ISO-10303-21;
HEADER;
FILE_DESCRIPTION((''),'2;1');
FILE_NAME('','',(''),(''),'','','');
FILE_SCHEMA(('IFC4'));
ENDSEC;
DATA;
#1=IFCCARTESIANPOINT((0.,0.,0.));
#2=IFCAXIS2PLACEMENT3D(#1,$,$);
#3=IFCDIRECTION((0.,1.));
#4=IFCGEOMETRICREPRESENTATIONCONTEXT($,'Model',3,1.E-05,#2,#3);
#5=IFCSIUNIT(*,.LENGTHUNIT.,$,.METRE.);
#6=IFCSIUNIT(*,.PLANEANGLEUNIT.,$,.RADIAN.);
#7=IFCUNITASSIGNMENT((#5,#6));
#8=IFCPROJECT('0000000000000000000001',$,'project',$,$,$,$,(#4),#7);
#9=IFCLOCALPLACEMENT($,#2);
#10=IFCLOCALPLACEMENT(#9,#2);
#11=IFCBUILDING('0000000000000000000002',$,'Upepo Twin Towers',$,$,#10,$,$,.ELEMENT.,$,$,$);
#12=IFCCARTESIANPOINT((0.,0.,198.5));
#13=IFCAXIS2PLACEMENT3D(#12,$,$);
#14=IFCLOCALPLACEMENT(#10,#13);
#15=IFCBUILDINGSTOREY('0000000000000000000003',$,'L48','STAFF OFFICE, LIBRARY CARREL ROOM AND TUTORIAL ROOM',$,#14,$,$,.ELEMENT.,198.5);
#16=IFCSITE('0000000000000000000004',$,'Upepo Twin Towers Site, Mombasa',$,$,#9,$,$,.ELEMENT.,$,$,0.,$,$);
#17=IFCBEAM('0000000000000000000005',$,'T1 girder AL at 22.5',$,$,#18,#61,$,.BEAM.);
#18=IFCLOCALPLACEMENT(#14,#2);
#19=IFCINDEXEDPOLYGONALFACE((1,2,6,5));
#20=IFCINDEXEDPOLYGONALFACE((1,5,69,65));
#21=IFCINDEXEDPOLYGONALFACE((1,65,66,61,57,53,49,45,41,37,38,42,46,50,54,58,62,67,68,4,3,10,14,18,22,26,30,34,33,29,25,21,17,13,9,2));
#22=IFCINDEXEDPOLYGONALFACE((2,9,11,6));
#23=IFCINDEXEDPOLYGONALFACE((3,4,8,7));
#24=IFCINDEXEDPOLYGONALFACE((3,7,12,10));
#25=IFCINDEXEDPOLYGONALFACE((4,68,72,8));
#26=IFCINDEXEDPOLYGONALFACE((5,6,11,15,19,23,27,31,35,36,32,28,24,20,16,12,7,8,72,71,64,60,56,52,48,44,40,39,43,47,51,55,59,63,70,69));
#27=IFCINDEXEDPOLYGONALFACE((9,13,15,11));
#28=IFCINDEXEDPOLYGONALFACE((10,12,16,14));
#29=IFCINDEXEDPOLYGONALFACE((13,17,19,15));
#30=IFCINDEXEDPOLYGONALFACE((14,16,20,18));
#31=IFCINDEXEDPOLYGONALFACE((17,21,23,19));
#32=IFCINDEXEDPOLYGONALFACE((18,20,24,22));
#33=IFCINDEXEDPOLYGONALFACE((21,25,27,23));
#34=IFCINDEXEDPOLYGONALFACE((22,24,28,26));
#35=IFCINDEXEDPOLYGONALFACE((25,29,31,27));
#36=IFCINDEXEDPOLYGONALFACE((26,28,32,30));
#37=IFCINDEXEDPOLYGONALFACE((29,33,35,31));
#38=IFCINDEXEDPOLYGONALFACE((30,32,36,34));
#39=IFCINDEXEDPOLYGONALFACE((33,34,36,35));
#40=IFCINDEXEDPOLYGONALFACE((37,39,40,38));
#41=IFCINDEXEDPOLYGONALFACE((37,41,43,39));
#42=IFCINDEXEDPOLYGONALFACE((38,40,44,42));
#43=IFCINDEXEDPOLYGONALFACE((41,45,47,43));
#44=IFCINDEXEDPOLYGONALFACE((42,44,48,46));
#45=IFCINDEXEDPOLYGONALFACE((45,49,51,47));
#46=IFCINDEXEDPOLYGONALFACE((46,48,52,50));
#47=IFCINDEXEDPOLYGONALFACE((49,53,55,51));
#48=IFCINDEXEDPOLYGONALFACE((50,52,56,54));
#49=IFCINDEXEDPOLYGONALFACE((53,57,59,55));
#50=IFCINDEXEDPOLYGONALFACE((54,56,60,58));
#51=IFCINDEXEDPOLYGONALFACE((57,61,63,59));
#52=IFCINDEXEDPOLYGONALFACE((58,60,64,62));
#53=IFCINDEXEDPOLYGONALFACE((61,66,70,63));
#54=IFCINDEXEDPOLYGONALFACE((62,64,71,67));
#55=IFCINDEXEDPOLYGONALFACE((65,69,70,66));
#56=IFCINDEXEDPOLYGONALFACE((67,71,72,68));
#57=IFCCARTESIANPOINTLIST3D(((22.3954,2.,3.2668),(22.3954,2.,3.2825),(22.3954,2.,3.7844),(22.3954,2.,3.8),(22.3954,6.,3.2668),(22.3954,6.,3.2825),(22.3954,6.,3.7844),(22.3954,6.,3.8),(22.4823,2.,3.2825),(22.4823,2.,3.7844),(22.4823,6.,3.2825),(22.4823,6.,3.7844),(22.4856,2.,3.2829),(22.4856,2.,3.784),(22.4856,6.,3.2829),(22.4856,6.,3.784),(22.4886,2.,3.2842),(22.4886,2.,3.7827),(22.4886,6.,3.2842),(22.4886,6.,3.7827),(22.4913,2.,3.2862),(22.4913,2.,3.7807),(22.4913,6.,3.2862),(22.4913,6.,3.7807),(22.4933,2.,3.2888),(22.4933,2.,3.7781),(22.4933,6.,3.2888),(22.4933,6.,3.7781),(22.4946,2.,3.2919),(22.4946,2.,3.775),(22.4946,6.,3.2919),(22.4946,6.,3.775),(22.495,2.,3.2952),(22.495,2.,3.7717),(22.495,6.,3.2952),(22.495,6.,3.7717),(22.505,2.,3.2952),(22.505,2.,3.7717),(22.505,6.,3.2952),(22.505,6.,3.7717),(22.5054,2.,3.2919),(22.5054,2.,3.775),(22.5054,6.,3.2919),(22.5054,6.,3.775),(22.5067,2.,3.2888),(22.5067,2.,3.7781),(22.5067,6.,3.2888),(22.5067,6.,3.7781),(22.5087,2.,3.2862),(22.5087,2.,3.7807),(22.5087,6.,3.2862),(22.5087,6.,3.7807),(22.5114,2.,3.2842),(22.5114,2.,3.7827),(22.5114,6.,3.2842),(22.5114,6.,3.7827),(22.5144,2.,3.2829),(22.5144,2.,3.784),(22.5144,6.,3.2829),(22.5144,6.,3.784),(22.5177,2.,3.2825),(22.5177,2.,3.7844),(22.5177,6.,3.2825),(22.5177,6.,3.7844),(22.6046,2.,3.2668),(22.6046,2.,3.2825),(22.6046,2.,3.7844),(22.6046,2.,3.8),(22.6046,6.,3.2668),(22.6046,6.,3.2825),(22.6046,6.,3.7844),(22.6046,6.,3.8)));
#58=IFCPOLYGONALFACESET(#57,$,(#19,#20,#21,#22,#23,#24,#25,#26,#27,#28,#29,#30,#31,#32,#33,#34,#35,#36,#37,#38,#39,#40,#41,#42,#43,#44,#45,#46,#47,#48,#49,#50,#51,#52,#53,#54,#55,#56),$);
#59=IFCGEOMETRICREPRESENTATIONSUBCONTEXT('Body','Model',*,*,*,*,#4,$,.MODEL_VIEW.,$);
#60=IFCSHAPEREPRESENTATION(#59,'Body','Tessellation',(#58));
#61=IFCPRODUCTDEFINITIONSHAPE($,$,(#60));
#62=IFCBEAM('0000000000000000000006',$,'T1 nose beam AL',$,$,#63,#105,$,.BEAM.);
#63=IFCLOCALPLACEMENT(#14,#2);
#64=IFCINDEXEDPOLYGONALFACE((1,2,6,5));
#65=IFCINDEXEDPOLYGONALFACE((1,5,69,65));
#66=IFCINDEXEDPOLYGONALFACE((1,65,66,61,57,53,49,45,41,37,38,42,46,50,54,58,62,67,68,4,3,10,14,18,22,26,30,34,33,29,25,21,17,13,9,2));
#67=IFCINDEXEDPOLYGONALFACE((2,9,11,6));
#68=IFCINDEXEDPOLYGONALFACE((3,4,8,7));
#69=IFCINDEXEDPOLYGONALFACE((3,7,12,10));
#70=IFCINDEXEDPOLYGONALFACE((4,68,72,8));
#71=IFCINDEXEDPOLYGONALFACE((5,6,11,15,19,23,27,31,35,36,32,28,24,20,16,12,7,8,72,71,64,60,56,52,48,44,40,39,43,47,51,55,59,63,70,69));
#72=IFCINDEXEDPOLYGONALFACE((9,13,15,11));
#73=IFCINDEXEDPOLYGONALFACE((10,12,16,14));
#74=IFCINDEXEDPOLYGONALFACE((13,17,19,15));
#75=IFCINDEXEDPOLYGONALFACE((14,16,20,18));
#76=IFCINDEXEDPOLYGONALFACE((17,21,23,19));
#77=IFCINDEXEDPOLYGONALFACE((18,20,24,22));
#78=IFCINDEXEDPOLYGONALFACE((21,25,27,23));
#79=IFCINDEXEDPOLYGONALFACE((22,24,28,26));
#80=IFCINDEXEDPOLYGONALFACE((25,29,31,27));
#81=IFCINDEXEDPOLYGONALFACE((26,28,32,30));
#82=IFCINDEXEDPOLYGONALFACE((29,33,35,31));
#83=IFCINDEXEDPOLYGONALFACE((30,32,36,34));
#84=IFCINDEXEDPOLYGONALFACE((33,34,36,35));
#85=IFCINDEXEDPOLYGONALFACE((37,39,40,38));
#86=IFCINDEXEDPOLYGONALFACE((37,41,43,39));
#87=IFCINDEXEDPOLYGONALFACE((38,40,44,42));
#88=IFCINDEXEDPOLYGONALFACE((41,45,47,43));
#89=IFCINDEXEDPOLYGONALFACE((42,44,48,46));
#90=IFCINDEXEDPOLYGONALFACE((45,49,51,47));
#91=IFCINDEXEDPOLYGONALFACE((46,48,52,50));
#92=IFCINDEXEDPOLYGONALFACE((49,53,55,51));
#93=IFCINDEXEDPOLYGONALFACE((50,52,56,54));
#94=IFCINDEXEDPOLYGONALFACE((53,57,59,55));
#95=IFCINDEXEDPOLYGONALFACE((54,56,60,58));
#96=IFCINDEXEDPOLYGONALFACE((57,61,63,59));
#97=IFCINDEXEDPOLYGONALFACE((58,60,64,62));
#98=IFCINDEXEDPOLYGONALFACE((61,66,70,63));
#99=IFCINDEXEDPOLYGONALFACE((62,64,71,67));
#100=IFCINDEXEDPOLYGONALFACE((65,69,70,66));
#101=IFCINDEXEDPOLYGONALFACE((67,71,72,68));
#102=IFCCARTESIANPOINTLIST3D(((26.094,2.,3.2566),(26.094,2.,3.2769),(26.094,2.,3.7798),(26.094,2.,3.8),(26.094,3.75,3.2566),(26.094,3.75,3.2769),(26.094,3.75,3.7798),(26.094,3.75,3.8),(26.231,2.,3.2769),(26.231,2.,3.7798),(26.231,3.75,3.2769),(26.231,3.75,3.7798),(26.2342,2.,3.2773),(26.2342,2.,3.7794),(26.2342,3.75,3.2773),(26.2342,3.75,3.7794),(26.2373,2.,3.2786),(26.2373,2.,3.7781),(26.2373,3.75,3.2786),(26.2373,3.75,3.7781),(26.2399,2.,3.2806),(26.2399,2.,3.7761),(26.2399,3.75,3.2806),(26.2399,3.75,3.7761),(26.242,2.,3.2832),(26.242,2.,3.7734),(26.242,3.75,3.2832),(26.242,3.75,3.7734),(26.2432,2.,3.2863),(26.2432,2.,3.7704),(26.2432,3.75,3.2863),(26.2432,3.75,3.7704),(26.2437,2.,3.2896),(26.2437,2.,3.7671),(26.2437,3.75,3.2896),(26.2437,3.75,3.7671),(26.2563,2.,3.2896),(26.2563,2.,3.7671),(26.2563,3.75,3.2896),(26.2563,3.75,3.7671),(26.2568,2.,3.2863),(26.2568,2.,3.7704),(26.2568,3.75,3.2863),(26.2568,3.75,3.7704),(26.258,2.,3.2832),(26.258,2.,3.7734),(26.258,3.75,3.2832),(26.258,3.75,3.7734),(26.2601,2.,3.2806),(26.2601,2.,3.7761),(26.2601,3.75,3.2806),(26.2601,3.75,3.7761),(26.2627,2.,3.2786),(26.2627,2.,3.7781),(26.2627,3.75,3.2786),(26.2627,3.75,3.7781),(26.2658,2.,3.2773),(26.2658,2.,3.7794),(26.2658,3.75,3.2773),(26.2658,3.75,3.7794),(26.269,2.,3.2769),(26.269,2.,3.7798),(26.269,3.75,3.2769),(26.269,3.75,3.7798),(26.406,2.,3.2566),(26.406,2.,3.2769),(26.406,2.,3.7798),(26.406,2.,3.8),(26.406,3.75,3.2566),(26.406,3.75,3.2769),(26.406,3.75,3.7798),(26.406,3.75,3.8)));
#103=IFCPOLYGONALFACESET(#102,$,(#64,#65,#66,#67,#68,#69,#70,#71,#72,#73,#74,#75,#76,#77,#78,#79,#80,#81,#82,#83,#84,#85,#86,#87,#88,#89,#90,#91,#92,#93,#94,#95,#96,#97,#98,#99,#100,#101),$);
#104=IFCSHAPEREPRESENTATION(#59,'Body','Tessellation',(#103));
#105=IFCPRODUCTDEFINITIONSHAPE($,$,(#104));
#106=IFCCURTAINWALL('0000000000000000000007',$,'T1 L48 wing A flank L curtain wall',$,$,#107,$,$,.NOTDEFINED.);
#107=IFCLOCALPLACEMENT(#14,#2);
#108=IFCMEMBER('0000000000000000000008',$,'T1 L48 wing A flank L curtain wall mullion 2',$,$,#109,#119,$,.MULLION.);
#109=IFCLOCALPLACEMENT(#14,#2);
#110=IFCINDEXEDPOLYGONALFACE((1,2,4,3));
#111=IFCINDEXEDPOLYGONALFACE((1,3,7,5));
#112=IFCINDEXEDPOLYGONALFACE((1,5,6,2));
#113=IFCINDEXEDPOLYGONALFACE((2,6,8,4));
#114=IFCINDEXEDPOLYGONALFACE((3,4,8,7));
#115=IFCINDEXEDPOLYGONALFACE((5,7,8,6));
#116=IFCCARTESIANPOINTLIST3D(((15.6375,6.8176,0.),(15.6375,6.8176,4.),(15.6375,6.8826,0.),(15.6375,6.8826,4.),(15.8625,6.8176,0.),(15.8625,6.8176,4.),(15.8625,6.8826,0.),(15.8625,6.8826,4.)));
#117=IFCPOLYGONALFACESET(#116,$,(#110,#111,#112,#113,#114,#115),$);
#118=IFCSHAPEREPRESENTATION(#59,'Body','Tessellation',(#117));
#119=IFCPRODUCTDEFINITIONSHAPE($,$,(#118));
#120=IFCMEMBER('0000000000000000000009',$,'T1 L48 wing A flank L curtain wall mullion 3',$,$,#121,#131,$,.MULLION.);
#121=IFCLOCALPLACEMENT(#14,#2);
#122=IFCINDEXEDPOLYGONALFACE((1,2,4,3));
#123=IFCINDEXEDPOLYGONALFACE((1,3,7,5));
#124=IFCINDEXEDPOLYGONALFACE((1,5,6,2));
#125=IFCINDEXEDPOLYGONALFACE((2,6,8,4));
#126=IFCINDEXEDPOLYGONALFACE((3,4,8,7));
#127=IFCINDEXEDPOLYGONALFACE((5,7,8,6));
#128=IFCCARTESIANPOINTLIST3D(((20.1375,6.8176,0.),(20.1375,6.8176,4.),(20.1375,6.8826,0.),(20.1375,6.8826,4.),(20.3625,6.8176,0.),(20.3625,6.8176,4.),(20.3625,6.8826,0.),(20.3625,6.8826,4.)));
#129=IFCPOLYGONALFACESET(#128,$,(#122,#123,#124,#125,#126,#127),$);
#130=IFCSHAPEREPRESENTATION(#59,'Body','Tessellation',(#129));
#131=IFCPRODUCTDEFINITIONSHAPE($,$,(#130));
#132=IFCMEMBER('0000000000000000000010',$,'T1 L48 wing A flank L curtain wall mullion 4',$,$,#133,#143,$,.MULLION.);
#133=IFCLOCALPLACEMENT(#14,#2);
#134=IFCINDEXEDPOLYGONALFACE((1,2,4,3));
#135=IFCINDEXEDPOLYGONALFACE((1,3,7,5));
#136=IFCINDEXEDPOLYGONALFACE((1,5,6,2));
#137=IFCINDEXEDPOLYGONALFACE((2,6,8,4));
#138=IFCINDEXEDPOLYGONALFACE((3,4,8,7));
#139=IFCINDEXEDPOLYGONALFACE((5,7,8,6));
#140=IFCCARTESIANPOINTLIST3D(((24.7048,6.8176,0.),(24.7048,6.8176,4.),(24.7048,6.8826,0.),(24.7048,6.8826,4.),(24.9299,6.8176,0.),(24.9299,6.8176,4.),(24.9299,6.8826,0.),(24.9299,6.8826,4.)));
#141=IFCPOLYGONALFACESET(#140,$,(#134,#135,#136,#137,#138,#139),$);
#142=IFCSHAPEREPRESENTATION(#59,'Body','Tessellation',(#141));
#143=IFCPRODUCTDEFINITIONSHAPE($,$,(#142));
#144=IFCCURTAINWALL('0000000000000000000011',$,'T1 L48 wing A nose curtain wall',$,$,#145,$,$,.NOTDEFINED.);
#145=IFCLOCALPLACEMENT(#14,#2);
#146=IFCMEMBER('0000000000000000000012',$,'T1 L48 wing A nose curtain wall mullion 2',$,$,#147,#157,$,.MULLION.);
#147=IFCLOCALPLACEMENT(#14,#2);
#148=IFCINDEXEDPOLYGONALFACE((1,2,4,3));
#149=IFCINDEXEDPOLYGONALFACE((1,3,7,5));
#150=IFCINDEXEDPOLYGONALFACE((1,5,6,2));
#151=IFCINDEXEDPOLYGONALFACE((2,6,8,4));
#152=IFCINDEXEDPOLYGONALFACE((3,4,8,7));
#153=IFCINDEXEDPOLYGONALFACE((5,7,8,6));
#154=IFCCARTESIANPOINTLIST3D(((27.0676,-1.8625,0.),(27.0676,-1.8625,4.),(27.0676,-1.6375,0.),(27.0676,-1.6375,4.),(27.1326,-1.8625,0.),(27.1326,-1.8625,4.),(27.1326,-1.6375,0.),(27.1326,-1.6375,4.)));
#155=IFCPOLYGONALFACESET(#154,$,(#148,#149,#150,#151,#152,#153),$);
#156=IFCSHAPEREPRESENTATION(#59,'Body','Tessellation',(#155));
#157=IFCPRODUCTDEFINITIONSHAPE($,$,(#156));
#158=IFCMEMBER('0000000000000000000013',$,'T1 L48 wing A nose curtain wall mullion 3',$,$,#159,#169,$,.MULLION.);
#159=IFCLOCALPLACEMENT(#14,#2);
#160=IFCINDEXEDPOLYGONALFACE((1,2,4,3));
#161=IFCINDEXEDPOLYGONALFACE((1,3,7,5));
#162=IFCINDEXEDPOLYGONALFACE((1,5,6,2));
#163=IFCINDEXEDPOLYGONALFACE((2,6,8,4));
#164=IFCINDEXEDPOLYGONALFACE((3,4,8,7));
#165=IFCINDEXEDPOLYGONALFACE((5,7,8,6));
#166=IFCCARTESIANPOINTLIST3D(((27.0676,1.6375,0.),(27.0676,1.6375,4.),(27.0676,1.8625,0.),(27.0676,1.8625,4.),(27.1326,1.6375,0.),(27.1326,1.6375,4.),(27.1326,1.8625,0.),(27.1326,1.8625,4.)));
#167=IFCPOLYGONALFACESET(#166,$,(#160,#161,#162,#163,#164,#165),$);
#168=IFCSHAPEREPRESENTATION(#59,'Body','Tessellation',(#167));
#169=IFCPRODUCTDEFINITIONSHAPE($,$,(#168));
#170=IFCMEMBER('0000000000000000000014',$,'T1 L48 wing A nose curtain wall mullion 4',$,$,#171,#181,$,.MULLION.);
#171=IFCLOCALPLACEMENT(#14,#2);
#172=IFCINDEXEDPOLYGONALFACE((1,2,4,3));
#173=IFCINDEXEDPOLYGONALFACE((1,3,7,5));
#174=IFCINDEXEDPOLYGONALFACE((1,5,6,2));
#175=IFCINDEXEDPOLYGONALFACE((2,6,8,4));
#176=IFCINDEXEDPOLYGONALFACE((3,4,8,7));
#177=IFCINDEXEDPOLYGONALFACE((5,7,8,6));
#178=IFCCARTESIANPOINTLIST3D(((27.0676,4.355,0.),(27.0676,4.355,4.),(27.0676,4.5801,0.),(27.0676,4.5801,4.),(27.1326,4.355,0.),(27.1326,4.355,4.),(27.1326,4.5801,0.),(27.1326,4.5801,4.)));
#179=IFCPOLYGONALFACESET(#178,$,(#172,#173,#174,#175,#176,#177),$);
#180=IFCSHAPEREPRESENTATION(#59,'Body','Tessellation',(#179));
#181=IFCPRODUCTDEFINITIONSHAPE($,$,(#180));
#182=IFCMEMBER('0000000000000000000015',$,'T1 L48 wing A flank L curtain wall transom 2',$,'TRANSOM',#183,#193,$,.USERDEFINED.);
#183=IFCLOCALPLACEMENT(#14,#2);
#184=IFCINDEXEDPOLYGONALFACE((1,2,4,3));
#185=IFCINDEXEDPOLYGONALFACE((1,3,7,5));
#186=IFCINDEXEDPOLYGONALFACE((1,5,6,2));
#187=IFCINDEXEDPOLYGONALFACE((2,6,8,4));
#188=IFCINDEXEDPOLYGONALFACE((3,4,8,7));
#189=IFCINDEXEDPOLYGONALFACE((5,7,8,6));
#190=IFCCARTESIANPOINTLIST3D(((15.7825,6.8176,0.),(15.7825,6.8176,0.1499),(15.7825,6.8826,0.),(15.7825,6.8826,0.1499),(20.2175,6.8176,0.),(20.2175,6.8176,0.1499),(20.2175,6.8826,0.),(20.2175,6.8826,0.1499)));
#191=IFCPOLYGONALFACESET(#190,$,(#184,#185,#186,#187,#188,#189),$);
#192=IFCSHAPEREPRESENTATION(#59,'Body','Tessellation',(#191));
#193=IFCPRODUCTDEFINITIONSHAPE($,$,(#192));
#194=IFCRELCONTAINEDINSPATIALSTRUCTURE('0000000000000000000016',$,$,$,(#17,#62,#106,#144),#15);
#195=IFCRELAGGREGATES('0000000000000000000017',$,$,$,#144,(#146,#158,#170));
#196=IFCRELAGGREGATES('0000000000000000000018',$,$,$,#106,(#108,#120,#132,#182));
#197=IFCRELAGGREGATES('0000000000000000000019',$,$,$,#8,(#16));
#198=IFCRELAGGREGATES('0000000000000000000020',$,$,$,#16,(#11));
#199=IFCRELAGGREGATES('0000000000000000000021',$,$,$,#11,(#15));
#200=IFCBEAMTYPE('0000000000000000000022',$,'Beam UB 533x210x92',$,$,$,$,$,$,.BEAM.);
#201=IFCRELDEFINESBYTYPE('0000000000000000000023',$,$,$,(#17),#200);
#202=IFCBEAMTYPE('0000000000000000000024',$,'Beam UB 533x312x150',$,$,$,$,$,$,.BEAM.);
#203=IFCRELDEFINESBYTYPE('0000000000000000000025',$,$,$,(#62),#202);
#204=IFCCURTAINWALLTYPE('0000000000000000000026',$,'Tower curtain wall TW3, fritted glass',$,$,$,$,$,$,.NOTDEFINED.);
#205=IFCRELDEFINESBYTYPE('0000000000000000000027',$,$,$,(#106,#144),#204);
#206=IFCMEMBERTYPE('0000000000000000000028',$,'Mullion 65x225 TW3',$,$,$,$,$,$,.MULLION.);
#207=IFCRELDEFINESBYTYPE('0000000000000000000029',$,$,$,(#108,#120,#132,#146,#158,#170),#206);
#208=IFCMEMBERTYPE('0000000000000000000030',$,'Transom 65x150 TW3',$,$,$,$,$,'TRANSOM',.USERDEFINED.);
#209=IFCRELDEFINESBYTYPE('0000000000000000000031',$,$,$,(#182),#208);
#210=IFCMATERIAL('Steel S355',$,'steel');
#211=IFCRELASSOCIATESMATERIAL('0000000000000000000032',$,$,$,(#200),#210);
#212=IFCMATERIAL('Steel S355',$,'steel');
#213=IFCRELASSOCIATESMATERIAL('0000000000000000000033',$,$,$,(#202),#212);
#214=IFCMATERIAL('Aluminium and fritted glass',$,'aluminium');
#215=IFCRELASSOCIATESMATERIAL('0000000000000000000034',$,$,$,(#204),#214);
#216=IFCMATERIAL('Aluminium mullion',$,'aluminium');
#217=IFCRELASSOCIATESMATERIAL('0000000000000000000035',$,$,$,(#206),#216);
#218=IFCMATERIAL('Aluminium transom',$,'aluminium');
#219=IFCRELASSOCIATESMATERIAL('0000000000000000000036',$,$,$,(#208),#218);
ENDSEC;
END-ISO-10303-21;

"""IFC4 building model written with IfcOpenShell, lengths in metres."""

from ifc_helpers import new_model, si_unit, direction, frame, origin, origin_2d, place, context, subcontext, project, spatial, rectangle, i_section, extrude, material, material_profile, profile_set, type_object, element, aggregate, save


model = new_model("IFC4")

# Units and contexts
model_context = context("Model", 3, precision=1e-05, world=origin(), true_north=direction((0.0, 1.0)))
body_context = subcontext(model_context, "Body", "Model", "MODEL_VIEW")
ifc_project = project(units=[si_unit("LENGTHUNIT", "METRE"), si_unit("PLANEANGLEUNIT", "RADIAN")], contexts=[model_context])

# Site, building, storey
site_placement = place(None, origin())
site = spatial("IfcSite", under=ifc_project, at=site_placement, Name="Upepo Twin Towers Site, Mombasa", CompositionType="ELEMENT", RefElevation=0.0)
building_placement = place(site_placement, origin())
building = spatial("IfcBuilding", under=site, at=building_placement, Name="Upepo Twin Towers", CompositionType="ELEMENT")
storey_placement = place(building_placement, frame((0.0, 0.0, 198.5)))
storey = spatial("IfcBuildingStorey", under=building, at=storey_placement, Name="L48", Description="STAFF OFFICE, LIBRARY CARREL ROOM AND TUTORIAL ROOM", CompositionType="ELEMENT", Elevation=198.5)

# Beams
ifc_material_1 = material(Name="Steel S355", Category="steel")
ifc_material_profile_1 = material_profile(ifc_material_1, i_section(OverallWidth=0.2092, OverallDepth=0.5332, WebThickness=0.01, FlangeThickness=0.0156, FilletRadius=0.0127, at=origin_2d()), Name="UB 533x210x92")
ifc_profile_set_1 = profile_set([ifc_material_profile_1], Name="Steel S355")
beam_type_1 = type_object("IfcBeamType", Name="Beam UB 533x210x92", PredefinedType="BEAM", material=ifc_profile_set_1)
for number, where, z_axis, x_axis, name in (
    (1, (22.5, 6.0, 3.5334), (0.0, -1.0, 0.0), (1.0, 0.0, 0.0), "T1 girder AL at 22.5"),
):
    element("IfcBeam", number, at=place(storey_placement, frame(where, z_axis=z_axis, x_axis=x_axis)), inside=storey, type_object=beam_type_1, Name=name, PredefinedType="BEAM", context=body_context, shape_type="SweptSolid", body=[
        extrude(i_section(OverallWidth=0.2092, OverallDepth=0.5332, WebThickness=0.01, FlangeThickness=0.0156, FilletRadius=0.0127, at=origin_2d()), origin(), (0.0, 0.0, 1.0), 4.0),
    ])
ifc_material_2 = material(Name="Steel S355", Category="steel")
ifc_material_profile_2 = material_profile(ifc_material_2, i_section(OverallWidth=0.312, OverallDepth=0.5435, WebThickness=0.0127, FlangeThickness=0.0203, FilletRadius=0.0127, at=origin_2d()), Name="UB 533x312x150")
ifc_profile_set_2 = profile_set([ifc_material_profile_2], Name="Steel S355")
beam_type_2 = type_object("IfcBeamType", Name="Beam UB 533x312x150", PredefinedType="BEAM", material=ifc_profile_set_2)
beam_1_placement = place(storey_placement, frame((26.25, 3.75, 3.5283), z_axis=(0.0, -1.0, 0.0), x_axis=(1.0, 0.0, 0.0)))
element("IfcBeam", 2, at=beam_1_placement, inside=storey, type_object=beam_type_2, Name="T1 nose beam AL", PredefinedType="BEAM", context=body_context, shape_type="SweptSolid", body=[
    extrude(i_section(OverallWidth=0.312, OverallDepth=0.5435, WebThickness=0.0127, FlangeThickness=0.0203, FilletRadius=0.0127, at=origin_2d()), origin(), (0.0, 0.0, 1.0), 1.75),
])

# Curtain walls, members
ifc_material_3 = material(Name="Aluminium and fritted glass", Category="aluminium")
curtain_wall_type = type_object("IfcCurtainWallType", Name="Tower curtain wall TW3, fritted glass", PredefinedType="NOTDEFINED", material=ifc_material_3)
curtain_wall_1_placement = place(storey_placement, origin())
curtain_wall_1 = element("IfcCurtainWall", 3, at=curtain_wall_1_placement, inside=storey, type_object=curtain_wall_type, Name="T1 L48 wing A flank L curtain wall", PredefinedType="NOTDEFINED")
ifc_material_4 = material(Name="Aluminium mullion", Category="aluminium")
ifc_material_profile_3 = material_profile(ifc_material_4, rectangle(XDim=0.0649, YDim=0.2251, at=origin_2d()), Name="MULLION 65x225")
ifc_profile_set_3 = profile_set([ifc_material_profile_3], Name="Aluminium mullion")
member_type_1 = type_object("IfcMemberType", Name="Mullion 65x225 TW3", PredefinedType="MULLION", material=ifc_profile_set_3)
member_1_placement = place(storey_placement, frame((15.75, 6.8501, 0.0), z_axis=(0.0, 0.0, 1.0), x_axis=(0.0, 1.0, 0.0)))
member_1 = element("IfcMember", 4, at=member_1_placement, type_object=member_type_1, Name="T1 L48 wing A flank L curtain wall mullion 2", PredefinedType="MULLION", context=body_context, shape_type="SweptSolid", body=[
    extrude(rectangle(XDim=0.0649, YDim=0.2251, at=origin_2d()), origin(), (0.0, 0.0, 1.0), 4.0),
])
member_2_placement = place(storey_placement, frame((20.25, 6.8501, 0.0), z_axis=(0.0, 0.0, 1.0), x_axis=(0.0, 1.0, 0.0)))
member_2 = element("IfcMember", 5, at=member_2_placement, type_object=member_type_1, Name="T1 L48 wing A flank L curtain wall mullion 3", PredefinedType="MULLION", context=body_context, shape_type="SweptSolid", body=[
    extrude(rectangle(XDim=0.0649, YDim=0.2251, at=origin_2d()), origin(), (0.0, 0.0, 1.0), 4.0),
])
member_3_placement = place(storey_placement, frame((24.8174, 6.8501, 0.0), z_axis=(0.0, 0.0, 1.0), x_axis=(0.0, 1.0, 0.0)))
member_3 = element("IfcMember", 6, at=member_3_placement, type_object=member_type_1, Name="T1 L48 wing A flank L curtain wall mullion 4", PredefinedType="MULLION", context=body_context, shape_type="SweptSolid", body=[
    extrude(rectangle(XDim=0.0649, YDim=0.2251, at=origin_2d()), origin(), (0.0, 0.0, 1.0), 4.0),
])
curtain_wall_2_placement = place(storey_placement, origin())
curtain_wall_2 = element("IfcCurtainWall", 7, at=curtain_wall_2_placement, inside=storey, type_object=curtain_wall_type, Name="T1 L48 wing A nose curtain wall", PredefinedType="NOTDEFINED")
member_4_placement = place(storey_placement, frame((27.1001, -1.75, 0.0), z_axis=(0.0, 0.0, 1.0), x_axis=(-1.0, 0.0, 0.0)))
member_4 = element("IfcMember", 8, at=member_4_placement, type_object=member_type_1, Name="T1 L48 wing A nose curtain wall mullion 2", PredefinedType="MULLION", context=body_context, shape_type="SweptSolid", body=[
    extrude(rectangle(XDim=0.0649, YDim=0.2251, at=origin_2d()), origin(), (0.0, 0.0, 1.0), 4.0),
])
member_5_placement = place(storey_placement, frame((27.1001, 1.75, 0.0), z_axis=(0.0, 0.0, 1.0), x_axis=(-1.0, 0.0, 0.0)))
member_5 = element("IfcMember", 9, at=member_5_placement, type_object=member_type_1, Name="T1 L48 wing A nose curtain wall mullion 3", PredefinedType="MULLION", context=body_context, shape_type="SweptSolid", body=[
    extrude(rectangle(XDim=0.0649, YDim=0.2251, at=origin_2d()), origin(), (0.0, 0.0, 1.0), 4.0),
])
member_6_placement = place(storey_placement, frame((27.1001, 4.4675, 0.0), z_axis=(0.0, 0.0, 1.0), x_axis=(-1.0, 0.0, 0.0)))
member_6 = element("IfcMember", 10, at=member_6_placement, type_object=member_type_1, Name="T1 L48 wing A nose curtain wall mullion 4", PredefinedType="MULLION", context=body_context, shape_type="SweptSolid", body=[
    extrude(rectangle(XDim=0.0649, YDim=0.2251, at=origin_2d()), origin(), (0.0, 0.0, 1.0), 4.0),
])
aggregate(curtain_wall_2, [member_4, member_5, member_6])

# Member
ifc_material_5 = material(Name="Aluminium transom", Category="aluminium")
ifc_material_profile_4 = material_profile(ifc_material_5, rectangle(XDim=0.0649, YDim=0.1499, at=origin_2d()), Name="TRANSOM 65x150")
ifc_profile_set_4 = profile_set([ifc_material_profile_4], Name="Aluminium transom")
member_type_2 = type_object("IfcMemberType", Name="Transom 65x150 TW3", ElementType="TRANSOM", PredefinedType="USERDEFINED", material=ifc_profile_set_4)
member_7_placement = place(storey_placement, frame((15.7825, 6.8501, 0.075), z_axis=(1.0, 0.0, 0.0), x_axis=(0.0, 1.0, 0.0)))
member_7 = element("IfcMember", 11, at=member_7_placement, type_object=member_type_2, Name="T1 L48 wing A flank L curtain wall transom 2", ObjectType="TRANSOM", PredefinedType="USERDEFINED", context=body_context, shape_type="SweptSolid", body=[
    extrude(rectangle(XDim=0.0649, YDim=0.1499, at=origin_2d()), origin(), (0.0, 0.0, 1.0), 4.4351),
])

aggregate(curtain_wall_1, [member_1, member_2, member_3, member_7])

save(model, "model.ifc")
